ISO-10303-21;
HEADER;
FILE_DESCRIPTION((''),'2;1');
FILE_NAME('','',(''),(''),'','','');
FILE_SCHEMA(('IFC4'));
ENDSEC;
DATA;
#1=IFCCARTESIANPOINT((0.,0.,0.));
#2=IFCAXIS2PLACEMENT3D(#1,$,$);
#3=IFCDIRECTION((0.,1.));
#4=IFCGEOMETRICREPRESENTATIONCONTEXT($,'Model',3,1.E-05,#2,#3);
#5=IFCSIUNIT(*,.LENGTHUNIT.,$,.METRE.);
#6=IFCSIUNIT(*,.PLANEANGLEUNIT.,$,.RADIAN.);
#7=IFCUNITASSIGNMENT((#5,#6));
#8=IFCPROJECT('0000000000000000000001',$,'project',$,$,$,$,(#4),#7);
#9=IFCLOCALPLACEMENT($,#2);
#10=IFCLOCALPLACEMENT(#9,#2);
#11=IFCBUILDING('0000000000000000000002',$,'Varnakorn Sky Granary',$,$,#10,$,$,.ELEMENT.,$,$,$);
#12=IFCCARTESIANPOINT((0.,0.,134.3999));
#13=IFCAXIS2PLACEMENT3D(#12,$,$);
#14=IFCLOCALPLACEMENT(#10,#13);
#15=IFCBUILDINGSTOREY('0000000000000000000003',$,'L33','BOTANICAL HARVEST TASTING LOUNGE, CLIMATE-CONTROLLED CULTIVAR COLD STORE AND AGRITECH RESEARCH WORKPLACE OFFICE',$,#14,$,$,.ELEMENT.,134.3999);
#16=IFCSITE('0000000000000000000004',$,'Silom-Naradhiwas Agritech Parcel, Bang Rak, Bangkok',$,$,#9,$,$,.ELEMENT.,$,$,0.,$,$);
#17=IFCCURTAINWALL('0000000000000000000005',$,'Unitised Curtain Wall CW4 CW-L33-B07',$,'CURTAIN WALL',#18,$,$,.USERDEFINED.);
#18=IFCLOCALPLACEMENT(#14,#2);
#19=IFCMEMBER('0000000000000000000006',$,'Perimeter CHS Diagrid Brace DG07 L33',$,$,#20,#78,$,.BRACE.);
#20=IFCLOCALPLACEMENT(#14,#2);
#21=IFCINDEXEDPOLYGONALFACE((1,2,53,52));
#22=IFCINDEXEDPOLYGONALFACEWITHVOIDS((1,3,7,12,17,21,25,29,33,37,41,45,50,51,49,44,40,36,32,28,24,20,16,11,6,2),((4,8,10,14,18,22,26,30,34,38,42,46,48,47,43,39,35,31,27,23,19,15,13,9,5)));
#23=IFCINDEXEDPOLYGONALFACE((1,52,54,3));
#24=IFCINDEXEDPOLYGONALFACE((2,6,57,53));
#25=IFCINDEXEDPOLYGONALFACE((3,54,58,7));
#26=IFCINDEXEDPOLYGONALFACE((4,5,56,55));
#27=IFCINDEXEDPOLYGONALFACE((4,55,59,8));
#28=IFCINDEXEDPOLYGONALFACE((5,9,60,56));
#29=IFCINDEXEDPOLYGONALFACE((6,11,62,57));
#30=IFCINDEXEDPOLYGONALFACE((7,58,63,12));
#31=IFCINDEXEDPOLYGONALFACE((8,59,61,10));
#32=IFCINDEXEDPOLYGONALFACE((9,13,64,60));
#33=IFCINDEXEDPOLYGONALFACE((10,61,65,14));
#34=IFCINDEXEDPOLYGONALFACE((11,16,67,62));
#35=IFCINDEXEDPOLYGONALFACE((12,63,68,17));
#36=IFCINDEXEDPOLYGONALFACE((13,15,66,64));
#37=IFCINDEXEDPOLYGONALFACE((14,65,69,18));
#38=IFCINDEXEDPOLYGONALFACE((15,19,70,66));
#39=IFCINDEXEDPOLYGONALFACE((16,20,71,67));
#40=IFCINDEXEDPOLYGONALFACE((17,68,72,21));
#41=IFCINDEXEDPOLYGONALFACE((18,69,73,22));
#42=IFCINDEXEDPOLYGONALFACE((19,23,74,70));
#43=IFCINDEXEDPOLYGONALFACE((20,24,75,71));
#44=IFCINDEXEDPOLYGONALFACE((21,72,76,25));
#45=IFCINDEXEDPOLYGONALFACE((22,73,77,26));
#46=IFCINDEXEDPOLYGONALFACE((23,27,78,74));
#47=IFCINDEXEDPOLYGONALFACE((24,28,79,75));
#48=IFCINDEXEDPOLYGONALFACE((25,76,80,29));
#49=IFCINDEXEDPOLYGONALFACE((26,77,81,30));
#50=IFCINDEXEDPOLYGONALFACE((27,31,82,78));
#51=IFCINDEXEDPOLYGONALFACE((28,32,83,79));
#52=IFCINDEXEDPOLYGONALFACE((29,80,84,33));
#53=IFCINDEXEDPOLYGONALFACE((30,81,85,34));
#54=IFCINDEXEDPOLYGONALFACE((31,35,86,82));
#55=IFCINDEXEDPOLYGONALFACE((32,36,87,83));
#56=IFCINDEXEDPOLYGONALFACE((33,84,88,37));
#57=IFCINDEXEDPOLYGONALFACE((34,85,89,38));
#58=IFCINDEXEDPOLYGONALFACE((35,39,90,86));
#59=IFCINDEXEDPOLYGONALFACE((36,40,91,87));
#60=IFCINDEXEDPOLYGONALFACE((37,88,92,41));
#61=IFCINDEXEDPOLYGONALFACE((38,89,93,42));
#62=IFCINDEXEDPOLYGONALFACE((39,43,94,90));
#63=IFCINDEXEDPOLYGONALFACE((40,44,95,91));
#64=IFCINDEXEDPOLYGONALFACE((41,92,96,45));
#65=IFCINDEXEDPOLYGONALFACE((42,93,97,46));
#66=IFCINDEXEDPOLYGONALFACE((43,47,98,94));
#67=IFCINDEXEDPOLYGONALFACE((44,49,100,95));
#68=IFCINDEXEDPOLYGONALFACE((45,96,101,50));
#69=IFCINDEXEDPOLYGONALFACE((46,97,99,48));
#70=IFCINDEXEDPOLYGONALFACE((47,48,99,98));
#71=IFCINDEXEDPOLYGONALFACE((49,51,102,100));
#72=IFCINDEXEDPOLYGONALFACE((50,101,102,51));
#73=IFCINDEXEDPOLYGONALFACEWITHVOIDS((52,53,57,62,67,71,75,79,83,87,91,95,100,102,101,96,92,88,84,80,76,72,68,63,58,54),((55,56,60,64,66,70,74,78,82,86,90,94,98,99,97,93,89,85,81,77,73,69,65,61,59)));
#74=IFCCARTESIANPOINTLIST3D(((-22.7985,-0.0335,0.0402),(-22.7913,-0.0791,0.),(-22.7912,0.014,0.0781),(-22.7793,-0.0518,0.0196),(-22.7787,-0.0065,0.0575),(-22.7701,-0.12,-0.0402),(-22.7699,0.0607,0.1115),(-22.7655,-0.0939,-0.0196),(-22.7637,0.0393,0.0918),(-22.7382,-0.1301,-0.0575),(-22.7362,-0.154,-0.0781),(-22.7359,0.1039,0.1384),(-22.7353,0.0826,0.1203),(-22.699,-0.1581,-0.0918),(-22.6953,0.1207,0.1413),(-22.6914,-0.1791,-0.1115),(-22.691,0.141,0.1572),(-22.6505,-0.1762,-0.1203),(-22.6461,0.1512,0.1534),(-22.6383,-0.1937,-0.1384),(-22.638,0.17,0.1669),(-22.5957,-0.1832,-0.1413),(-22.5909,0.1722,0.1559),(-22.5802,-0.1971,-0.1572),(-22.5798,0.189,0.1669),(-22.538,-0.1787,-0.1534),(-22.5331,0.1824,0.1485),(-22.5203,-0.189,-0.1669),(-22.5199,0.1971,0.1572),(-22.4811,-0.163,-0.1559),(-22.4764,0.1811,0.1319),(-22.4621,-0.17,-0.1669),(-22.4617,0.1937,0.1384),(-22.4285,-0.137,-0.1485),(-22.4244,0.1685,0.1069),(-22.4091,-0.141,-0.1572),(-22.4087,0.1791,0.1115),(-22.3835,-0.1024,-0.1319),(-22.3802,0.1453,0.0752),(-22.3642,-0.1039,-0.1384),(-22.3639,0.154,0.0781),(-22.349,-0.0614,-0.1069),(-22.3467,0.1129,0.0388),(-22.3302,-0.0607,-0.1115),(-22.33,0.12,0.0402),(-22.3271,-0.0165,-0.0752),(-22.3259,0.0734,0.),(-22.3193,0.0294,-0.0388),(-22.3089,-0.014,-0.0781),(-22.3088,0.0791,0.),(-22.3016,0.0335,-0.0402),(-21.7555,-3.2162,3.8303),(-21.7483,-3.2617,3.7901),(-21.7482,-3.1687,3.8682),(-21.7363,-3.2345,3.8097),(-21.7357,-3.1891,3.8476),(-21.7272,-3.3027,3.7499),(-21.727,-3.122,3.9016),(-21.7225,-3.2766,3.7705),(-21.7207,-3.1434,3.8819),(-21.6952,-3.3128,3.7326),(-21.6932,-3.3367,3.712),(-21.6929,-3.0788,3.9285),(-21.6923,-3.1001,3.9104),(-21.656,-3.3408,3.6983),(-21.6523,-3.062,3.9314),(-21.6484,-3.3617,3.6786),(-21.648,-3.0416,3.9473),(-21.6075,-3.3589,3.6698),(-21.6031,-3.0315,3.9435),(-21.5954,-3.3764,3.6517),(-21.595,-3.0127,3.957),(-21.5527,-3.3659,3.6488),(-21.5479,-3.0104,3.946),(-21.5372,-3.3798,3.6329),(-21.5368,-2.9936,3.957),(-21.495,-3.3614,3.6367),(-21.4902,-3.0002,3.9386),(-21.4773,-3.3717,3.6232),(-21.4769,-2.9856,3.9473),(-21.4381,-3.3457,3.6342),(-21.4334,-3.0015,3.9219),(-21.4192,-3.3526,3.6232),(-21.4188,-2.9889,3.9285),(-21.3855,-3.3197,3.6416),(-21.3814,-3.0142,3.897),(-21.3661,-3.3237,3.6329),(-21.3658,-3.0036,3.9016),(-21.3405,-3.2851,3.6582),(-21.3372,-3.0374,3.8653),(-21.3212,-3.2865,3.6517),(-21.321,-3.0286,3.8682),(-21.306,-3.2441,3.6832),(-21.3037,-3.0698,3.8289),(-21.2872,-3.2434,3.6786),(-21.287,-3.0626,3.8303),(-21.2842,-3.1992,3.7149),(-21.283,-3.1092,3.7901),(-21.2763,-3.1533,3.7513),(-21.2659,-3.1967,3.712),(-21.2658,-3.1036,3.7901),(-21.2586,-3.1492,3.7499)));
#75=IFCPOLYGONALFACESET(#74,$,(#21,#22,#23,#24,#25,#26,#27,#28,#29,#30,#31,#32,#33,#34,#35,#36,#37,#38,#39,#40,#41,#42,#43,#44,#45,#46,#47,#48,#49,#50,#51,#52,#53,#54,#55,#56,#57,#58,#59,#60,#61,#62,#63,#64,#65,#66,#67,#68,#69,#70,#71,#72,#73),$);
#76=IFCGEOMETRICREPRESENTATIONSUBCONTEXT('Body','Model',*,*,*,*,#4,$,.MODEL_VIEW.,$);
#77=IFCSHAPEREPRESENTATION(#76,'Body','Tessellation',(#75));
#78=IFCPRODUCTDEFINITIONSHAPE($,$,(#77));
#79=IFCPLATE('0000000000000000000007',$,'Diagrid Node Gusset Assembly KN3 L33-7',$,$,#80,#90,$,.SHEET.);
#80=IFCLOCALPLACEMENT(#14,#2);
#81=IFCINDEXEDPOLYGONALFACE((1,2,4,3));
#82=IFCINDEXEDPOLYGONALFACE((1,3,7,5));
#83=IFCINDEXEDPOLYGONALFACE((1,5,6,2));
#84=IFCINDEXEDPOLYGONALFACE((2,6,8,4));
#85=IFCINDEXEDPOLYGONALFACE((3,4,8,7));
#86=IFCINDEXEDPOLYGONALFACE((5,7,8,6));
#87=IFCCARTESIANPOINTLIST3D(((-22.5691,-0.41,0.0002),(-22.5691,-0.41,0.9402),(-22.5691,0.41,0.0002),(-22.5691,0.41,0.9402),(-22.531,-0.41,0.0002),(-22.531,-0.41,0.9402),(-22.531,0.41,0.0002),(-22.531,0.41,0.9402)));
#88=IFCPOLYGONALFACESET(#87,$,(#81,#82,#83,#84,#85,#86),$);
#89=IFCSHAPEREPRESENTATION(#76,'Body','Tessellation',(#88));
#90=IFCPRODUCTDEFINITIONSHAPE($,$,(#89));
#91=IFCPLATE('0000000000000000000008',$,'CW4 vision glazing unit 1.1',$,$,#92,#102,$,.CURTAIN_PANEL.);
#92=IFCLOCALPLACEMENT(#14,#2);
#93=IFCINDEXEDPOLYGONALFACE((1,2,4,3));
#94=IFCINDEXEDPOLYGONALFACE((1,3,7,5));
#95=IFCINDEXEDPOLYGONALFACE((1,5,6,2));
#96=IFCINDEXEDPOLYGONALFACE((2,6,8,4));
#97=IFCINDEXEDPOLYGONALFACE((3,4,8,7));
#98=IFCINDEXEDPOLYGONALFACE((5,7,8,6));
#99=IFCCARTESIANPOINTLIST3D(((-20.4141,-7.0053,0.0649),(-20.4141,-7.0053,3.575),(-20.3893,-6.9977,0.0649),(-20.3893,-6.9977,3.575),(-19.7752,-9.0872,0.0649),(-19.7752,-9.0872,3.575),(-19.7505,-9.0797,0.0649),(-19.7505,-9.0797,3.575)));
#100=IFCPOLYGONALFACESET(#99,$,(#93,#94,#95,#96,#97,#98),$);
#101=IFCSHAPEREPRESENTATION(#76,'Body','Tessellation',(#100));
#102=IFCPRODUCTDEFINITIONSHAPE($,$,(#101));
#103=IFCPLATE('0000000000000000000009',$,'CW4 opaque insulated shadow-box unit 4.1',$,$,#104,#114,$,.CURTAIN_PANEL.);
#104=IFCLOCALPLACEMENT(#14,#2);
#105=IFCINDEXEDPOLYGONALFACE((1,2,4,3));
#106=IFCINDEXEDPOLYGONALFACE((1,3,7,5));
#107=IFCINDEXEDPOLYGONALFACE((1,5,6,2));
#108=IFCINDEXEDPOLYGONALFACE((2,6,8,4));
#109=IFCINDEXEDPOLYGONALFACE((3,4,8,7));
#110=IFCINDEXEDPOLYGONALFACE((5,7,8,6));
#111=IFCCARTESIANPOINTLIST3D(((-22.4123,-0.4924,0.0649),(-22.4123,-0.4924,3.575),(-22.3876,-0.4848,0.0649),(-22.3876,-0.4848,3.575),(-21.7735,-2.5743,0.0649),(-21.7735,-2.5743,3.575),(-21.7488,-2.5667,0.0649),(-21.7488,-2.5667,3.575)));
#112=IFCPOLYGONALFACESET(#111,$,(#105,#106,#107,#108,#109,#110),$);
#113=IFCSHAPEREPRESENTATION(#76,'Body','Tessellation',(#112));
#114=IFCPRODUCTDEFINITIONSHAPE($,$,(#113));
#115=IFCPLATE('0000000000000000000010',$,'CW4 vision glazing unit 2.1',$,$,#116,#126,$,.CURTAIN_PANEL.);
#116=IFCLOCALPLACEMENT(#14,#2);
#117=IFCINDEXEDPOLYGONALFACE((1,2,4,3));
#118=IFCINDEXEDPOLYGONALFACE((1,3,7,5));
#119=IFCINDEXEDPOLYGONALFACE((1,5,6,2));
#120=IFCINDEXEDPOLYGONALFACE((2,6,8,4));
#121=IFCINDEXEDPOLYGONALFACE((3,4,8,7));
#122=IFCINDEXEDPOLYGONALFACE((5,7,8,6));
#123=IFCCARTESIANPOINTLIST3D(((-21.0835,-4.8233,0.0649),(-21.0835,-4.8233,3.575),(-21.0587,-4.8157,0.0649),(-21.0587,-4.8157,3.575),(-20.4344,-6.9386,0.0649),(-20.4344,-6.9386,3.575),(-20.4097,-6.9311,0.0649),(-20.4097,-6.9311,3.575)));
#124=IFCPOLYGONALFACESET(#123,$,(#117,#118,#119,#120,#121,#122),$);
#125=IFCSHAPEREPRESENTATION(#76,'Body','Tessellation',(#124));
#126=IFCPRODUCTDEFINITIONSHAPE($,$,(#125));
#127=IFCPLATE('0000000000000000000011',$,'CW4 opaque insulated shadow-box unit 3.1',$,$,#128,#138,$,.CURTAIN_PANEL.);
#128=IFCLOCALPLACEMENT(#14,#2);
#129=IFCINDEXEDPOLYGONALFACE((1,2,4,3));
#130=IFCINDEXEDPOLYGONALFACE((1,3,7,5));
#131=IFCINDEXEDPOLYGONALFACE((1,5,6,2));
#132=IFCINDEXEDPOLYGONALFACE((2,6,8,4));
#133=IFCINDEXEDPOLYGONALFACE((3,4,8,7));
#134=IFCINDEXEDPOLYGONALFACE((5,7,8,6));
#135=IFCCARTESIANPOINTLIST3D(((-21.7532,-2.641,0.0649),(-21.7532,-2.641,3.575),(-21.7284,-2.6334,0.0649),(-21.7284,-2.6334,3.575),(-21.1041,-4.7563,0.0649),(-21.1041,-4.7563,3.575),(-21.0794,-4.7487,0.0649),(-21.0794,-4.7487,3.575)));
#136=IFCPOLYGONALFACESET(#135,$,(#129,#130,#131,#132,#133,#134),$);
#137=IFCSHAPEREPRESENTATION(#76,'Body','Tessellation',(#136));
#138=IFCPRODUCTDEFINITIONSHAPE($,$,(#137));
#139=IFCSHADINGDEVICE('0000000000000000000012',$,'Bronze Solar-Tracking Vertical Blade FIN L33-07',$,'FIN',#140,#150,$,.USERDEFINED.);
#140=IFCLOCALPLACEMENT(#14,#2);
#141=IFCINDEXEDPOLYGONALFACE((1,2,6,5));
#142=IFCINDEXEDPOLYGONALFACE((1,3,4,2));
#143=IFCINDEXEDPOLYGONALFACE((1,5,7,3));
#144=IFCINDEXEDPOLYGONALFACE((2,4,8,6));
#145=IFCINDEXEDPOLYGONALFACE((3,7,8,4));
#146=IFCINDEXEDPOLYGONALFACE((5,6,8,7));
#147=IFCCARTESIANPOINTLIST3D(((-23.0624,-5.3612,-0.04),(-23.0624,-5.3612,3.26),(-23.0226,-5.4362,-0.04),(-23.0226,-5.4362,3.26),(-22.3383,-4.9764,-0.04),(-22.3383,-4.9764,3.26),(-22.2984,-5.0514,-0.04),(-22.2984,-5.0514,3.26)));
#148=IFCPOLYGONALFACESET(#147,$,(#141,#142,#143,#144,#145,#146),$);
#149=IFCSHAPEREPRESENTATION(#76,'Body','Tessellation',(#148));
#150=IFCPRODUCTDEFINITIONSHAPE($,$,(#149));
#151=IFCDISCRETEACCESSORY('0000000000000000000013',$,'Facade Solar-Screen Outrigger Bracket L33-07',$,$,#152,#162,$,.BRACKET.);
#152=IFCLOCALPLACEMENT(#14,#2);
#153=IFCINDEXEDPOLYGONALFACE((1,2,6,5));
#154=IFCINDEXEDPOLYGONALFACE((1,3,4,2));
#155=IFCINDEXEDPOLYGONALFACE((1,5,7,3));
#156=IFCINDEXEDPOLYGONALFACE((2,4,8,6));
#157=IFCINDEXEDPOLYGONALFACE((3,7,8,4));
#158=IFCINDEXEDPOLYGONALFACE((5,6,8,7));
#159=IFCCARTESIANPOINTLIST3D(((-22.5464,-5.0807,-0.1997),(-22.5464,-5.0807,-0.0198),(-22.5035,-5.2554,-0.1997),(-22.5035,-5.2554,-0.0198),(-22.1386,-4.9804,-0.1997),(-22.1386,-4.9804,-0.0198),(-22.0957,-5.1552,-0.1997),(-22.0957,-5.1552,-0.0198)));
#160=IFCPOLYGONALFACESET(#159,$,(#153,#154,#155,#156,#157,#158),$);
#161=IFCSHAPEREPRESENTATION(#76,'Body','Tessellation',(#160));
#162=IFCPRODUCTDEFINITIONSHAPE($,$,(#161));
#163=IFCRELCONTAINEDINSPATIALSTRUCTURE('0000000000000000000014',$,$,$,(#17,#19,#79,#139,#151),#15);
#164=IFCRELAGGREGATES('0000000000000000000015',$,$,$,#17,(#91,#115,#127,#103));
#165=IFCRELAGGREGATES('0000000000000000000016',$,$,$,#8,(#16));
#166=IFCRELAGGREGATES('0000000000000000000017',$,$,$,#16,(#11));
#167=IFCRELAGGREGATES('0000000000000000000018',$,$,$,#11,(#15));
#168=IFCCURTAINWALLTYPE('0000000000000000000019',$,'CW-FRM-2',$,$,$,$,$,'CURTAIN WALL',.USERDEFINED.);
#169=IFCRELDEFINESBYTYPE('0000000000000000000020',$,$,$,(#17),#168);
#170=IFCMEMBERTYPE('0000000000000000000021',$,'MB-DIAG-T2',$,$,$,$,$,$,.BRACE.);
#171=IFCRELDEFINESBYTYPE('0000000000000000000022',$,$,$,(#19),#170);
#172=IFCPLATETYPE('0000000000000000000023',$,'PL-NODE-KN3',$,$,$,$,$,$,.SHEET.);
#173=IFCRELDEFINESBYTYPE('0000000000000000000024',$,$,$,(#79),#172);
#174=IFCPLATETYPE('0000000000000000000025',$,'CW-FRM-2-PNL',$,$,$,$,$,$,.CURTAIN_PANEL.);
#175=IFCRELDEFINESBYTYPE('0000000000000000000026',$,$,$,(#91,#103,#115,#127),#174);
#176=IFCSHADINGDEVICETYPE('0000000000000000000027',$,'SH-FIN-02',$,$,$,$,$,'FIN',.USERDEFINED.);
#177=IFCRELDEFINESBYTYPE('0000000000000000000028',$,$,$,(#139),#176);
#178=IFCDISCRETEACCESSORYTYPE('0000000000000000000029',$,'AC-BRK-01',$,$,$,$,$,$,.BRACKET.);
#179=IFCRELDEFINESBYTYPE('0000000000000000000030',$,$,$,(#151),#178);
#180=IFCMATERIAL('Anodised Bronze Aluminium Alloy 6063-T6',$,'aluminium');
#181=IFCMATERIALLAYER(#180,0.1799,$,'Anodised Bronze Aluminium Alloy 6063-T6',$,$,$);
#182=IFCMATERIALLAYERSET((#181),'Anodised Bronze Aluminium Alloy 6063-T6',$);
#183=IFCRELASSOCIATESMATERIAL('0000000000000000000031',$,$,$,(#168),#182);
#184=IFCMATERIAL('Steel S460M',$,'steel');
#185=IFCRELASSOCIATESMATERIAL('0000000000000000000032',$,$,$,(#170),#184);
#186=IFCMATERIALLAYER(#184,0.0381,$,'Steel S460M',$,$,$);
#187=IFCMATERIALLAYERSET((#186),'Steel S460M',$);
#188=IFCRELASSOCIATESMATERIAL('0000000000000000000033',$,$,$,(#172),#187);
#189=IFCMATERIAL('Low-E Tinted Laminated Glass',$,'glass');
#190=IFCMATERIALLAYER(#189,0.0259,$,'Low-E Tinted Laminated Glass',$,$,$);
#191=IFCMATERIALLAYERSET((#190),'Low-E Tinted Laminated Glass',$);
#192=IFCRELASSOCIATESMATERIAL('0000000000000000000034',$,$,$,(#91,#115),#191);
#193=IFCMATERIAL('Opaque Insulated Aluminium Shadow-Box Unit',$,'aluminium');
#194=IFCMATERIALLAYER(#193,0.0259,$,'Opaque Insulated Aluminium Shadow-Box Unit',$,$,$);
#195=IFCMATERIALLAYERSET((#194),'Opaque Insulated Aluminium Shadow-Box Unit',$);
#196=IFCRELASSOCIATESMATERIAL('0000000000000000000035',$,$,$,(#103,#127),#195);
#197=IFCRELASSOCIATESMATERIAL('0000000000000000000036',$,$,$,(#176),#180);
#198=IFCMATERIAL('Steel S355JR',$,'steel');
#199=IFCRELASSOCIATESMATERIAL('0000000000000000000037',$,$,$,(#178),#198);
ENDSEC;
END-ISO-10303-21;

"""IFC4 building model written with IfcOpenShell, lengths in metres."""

from ifc_helpers import new_model, si_unit, direction, frame, origin, origin_2d, place, context, subcontext, project, spatial, rectangle, hollow_circle, extrude, source, transform, mapped, material, layer, layer_set, material_profile, profile_set, type_object, type_shapes, element, aggregate, save


model = new_model("IFC4")

# Units and contexts
model_context = context("Model", 3, precision=1e-05, world=origin(), true_north=direction((0.0, 1.0)))
body_context = subcontext(model_context, "Body", "Model", "MODEL_VIEW")
ifc_project = project(units=[si_unit("LENGTHUNIT", "METRE"), si_unit("PLANEANGLEUNIT", "RADIAN")], contexts=[model_context])

# Site, building, storey
site_placement = place(None, origin())
site = spatial("IfcSite", under=ifc_project, at=site_placement, Name="Silom-Naradhiwas Agritech Parcel, Bang Rak, Bangkok", CompositionType="ELEMENT", RefElevation=0.0)
building_placement = place(site_placement, origin())
building = spatial("IfcBuilding", under=site, at=building_placement, Name="Varnakorn Sky Granary", CompositionType="ELEMENT")
storey_placement = place(building_placement, frame((0.0, 0.0, 134.3999)))
storey = spatial("IfcBuildingStorey", under=building, at=storey_placement, Name="L33", Description="BOTANICAL HARVEST TASTING LOUNGE, CLIMATE-CONTROLLED CULTIVAR COLD STORE AND AGRITECH RESEARCH WORKPLACE OFFICE", CompositionType="ELEMENT", Elevation=134.3999)

# Shared definitions
ifc_material_1 = material(Name="Steel S460M", Category="steel")

# Shared definitions
ifc_material_2 = material(Name="Steel S355JR", Category="steel")

# Curtain wall
ifc_material_3 = material(Name="Anodised Bronze Aluminium Alloy 6063-T6", Category="aluminium")
ifc_layer_1 = layer(ifc_material_3, 0.1799, Name="Anodised Bronze Aluminium Alloy 6063-T6")
ifc_layer_set_1 = layer_set([ifc_layer_1], Name="Anodised Bronze Aluminium Alloy 6063-T6")
curtain_wall_type = type_object("IfcCurtainWallType", Name="CW-FRM-2", ElementType="CURTAIN WALL", PredefinedType="USERDEFINED", material=ifc_layer_set_1)
curtain_wall_placement = place(storey_placement, origin())
curtain_wall = element("IfcCurtainWall", 1, at=curtain_wall_placement, inside=storey, type_object=curtain_wall_type, Name="Unitised Curtain Wall CW4 CW-L33-B07", ObjectType="CURTAIN WALL", PredefinedType="USERDEFINED")

# Member
ifc_material_profile_1 = material_profile(ifc_material_1, hollow_circle(Radius=0.2539, WallThickness=0.0181, at=origin_2d()), Name="CHS 508x18")
ifc_profile_set_1 = profile_set([ifc_material_profile_1], Name="Steel S460M")
member_type_1 = type_object("IfcMemberType", Name="MB-DIAG-T2", PredefinedType="BRACE", material=ifc_profile_set_1)
for number, where, z_axis, x_axis, name in (
    (2, (-22.55, 0.0, 0.0), (0.20621, -0.629251, 0.749347), (0.950275, 0.311413, 0.0), "Perimeter CHS Diagrid Brace DG07 L33"),
):
    element("IfcMember", number, at=place(storey_placement, frame(where, z_axis=z_axis, x_axis=x_axis)), inside=storey, type_object=member_type_1, Name=name, PredefinedType="BRACE", context=body_context, shape_type="SweptSolid", body=[
        extrude(hollow_circle(Radius=0.2539, WallThickness=0.0181, at=origin_2d()), origin(), (0.0, 0.0, 1.0), 5.0579),
    ])

# Plates
ifc_layer_2 = layer(ifc_material_1, 0.0381, Name="Steel S460M")
ifc_layer_set_2 = layer_set([ifc_layer_2], Name="Steel S460M")
plate_type_1 = type_object("IfcPlateType", Name="PL-NODE-KN3", PredefinedType="SHEET", material=ifc_layer_set_2)
plate_1_placement = place(storey_placement, frame((-22.55, 0.0, 0.0002), z_axis=(0.0, 0.0, 1.0), x_axis=(0.0, -1.0, 0.0)))
element("IfcPlate", 3, at=plate_1_placement, inside=storey, type_object=plate_type_1, Name="Diagrid Node Gusset Assembly KN3 L33-7", PredefinedType="SHEET", context=body_context, shape_type="SweptSolid", body=[
    extrude(rectangle(XDim=0.8201, YDim=0.0381, at=origin_2d()), origin(), (0.0, 0.0, 1.0), 0.9399),
])
ifc_material_4 = material(Name="Low-E Tinted Laminated Glass", Category="glass")
ifc_layer_3 = layer(ifc_material_4, 0.0259, Name="Low-E Tinted Laminated Glass")
ifc_layer_set_3 = layer_set([ifc_layer_3], Name="Low-E Tinted Laminated Glass")
plate_type_2 = type_object("IfcPlateType", Name="CW-FRM-2-PNL", PredefinedType="CURTAIN_PANEL")
shared_shape_1 = source(origin(), body_context, "Body", "SweptSolid", [
    extrude(rectangle(XDim=2.1777, YDim=0.0259, at=origin_2d()), origin(), (0.0, 0.0, 1.0), 3.51),
])
plate_2_placement = place(storey_placement, frame((-20.0823, -8.0425, 0.0649), z_axis=(0.0, 0.0, 1.0), x_axis=(-0.293337, 0.956009, 0.0)))
plate_2 = element("IfcPlate", 4, at=plate_2_placement, type_object=plate_type_2, material=ifc_layer_set_3, Name="CW4 vision glazing unit 1.1", PredefinedType="CURTAIN_PANEL", context=body_context, shape_type="MappedRepresentation", body=[
    mapped(shared_shape_1, transform((0.0, 0.0, 0.0), x_axis=(1.0, 0.0, 0.0), y_axis=(0.0, 1.0, 0.0), z_axis=(0.0, 0.0, 1.0), scale=1.0)),
])
ifc_material_5 = material(Name="Opaque Insulated Aluminium Shadow-Box Unit", Category="aluminium")
ifc_layer_4 = layer(ifc_material_5, 0.0259, Name="Opaque Insulated Aluminium Shadow-Box Unit")
ifc_layer_set_4 = layer_set([ifc_layer_4], Name="Opaque Insulated Aluminium Shadow-Box Unit")
plate_3_placement = place(storey_placement, frame((-22.0806, -1.5295, 0.0649), z_axis=(0.0, 0.0, 1.0), x_axis=(-0.293337, 0.956009, 0.0)))
plate_3 = element("IfcPlate", 5, at=plate_3_placement, type_object=plate_type_2, material=ifc_layer_set_4, Name="CW4 opaque insulated shadow-box unit 4.1", PredefinedType="CURTAIN_PANEL", context=body_context, shape_type="MappedRepresentation", body=[
    mapped(shared_shape_1, transform((0.0, 0.0, 0.0), x_axis=(1.0, 0.0, 0.0), y_axis=(0.0, 1.0, 0.0), z_axis=(0.0, 0.0, 1.0), scale=1.0)),
])
shared_shape_2 = source(origin(), body_context, "Body", "SweptSolid", [
    extrude(rectangle(XDim=2.2126, YDim=0.0259, at=origin_2d()), origin(), (0.0, 0.0, 1.0), 3.51),
])
type_shapes(plate_type_2, [shared_shape_1, shared_shape_2])
plate_4_placement = place(storey_placement, frame((-20.7466, -5.8772, 0.0649), z_axis=(0.0, 0.0, 1.0), x_axis=(-0.293337, 0.956009, 0.0)))
plate_4 = element("IfcPlate", 6, at=plate_4_placement, type_object=plate_type_2, material=ifc_layer_set_3, Name="CW4 vision glazing unit 2.1", PredefinedType="CURTAIN_PANEL", context=body_context, shape_type="MappedRepresentation", body=[
    mapped(shared_shape_2, transform((0.0, 0.0, 0.0), x_axis=(1.0, 0.0, 0.0), y_axis=(0.0, 1.0, 0.0), z_axis=(0.0, 0.0, 1.0), scale=1.0)),
])
plate_5_placement = place(storey_placement, frame((-21.4163, -3.6948, 0.0649), z_axis=(0.0, 0.0, 1.0), x_axis=(-0.293337, 0.956009, 0.0)))
plate_5 = element("IfcPlate", 7, at=plate_5_placement, type_object=plate_type_2, material=ifc_layer_set_4, Name="CW4 opaque insulated shadow-box unit 3.1", PredefinedType="CURTAIN_PANEL", context=body_context, shape_type="MappedRepresentation", body=[
    mapped(shared_shape_2, transform((0.0, 0.0, 0.0), x_axis=(1.0, 0.0, 0.0), y_axis=(0.0, 1.0, 0.0), z_axis=(0.0, 0.0, 1.0), scale=1.0)),
])
aggregate(curtain_wall, [plate_2, plate_4, plate_5, plate_3])

# Shading device
shading_device_type = type_object("IfcShadingDeviceType", Name="SH-FIN-02", ElementType="FIN", PredefinedType="USERDEFINED", material=ifc_material_3)
shared_shape_3 = source(origin(), body_context, "Body", "SweptSolid", [
    extrude(rectangle(XDim=0.085, YDim=0.8201, at=origin_2d()), origin(), (0.0, 0.0, 1.0), 3.3),
])
type_shapes(shading_device_type, [shared_shape_3])
shading_device_placement = place(storey_placement, frame((-22.6804, -5.2063, -0.04), z_axis=(0.0, 0.0, 1.0), x_axis=(0.469267, -0.883056, 0.0)))
element("IfcShadingDevice", 8, at=shading_device_placement, inside=storey, type_object=shading_device_type, Name="Bronze Solar-Tracking Vertical Blade FIN L33-07", ObjectType="FIN", PredefinedType="USERDEFINED", context=body_context, shape_type="MappedRepresentation", body=[
    mapped(shared_shape_3, transform((0.0, 0.0, 0.0), x_axis=(1.0, 0.0, 0.0), y_axis=(0.0, 1.0, 0.0), z_axis=(0.0, 0.0, 1.0), scale=1.0)),
])

# Discrete accessory
discrete_accessory_type = type_object("IfcDiscreteAccessoryType", Name="AC-BRK-01", PredefinedType="BRACKET", material=ifc_material_2)
shared_shape_4 = source(origin(), body_context, "Body", "SweptSolid", [
    extrude(rectangle(XDim=0.1799, YDim=0.4199, at=origin_2d()), origin(), (0.0, 0.0, 1.0), 0.1799),
])
type_shapes(discrete_accessory_type, [shared_shape_4])
discrete_accessory_placement = place(storey_placement, frame((-22.321, -5.1179, -0.1997), z_axis=(0.0, 0.0, 1.0), x_axis=(0.238704, -0.971092, 0.0)))
element("IfcDiscreteAccessory", 9, at=discrete_accessory_placement, inside=storey, type_object=discrete_accessory_type, Name="Facade Solar-Screen Outrigger Bracket L33-07", PredefinedType="BRACKET", context=body_context, shape_type="MappedRepresentation", body=[
    mapped(shared_shape_4, transform((0.0, 0.0, 0.0), x_axis=(1.0, 0.0, 0.0), y_axis=(0.0, 1.0, 0.0), z_axis=(0.0, 0.0, 1.0), scale=1.0)),
])

save(model, "model.ifc")
